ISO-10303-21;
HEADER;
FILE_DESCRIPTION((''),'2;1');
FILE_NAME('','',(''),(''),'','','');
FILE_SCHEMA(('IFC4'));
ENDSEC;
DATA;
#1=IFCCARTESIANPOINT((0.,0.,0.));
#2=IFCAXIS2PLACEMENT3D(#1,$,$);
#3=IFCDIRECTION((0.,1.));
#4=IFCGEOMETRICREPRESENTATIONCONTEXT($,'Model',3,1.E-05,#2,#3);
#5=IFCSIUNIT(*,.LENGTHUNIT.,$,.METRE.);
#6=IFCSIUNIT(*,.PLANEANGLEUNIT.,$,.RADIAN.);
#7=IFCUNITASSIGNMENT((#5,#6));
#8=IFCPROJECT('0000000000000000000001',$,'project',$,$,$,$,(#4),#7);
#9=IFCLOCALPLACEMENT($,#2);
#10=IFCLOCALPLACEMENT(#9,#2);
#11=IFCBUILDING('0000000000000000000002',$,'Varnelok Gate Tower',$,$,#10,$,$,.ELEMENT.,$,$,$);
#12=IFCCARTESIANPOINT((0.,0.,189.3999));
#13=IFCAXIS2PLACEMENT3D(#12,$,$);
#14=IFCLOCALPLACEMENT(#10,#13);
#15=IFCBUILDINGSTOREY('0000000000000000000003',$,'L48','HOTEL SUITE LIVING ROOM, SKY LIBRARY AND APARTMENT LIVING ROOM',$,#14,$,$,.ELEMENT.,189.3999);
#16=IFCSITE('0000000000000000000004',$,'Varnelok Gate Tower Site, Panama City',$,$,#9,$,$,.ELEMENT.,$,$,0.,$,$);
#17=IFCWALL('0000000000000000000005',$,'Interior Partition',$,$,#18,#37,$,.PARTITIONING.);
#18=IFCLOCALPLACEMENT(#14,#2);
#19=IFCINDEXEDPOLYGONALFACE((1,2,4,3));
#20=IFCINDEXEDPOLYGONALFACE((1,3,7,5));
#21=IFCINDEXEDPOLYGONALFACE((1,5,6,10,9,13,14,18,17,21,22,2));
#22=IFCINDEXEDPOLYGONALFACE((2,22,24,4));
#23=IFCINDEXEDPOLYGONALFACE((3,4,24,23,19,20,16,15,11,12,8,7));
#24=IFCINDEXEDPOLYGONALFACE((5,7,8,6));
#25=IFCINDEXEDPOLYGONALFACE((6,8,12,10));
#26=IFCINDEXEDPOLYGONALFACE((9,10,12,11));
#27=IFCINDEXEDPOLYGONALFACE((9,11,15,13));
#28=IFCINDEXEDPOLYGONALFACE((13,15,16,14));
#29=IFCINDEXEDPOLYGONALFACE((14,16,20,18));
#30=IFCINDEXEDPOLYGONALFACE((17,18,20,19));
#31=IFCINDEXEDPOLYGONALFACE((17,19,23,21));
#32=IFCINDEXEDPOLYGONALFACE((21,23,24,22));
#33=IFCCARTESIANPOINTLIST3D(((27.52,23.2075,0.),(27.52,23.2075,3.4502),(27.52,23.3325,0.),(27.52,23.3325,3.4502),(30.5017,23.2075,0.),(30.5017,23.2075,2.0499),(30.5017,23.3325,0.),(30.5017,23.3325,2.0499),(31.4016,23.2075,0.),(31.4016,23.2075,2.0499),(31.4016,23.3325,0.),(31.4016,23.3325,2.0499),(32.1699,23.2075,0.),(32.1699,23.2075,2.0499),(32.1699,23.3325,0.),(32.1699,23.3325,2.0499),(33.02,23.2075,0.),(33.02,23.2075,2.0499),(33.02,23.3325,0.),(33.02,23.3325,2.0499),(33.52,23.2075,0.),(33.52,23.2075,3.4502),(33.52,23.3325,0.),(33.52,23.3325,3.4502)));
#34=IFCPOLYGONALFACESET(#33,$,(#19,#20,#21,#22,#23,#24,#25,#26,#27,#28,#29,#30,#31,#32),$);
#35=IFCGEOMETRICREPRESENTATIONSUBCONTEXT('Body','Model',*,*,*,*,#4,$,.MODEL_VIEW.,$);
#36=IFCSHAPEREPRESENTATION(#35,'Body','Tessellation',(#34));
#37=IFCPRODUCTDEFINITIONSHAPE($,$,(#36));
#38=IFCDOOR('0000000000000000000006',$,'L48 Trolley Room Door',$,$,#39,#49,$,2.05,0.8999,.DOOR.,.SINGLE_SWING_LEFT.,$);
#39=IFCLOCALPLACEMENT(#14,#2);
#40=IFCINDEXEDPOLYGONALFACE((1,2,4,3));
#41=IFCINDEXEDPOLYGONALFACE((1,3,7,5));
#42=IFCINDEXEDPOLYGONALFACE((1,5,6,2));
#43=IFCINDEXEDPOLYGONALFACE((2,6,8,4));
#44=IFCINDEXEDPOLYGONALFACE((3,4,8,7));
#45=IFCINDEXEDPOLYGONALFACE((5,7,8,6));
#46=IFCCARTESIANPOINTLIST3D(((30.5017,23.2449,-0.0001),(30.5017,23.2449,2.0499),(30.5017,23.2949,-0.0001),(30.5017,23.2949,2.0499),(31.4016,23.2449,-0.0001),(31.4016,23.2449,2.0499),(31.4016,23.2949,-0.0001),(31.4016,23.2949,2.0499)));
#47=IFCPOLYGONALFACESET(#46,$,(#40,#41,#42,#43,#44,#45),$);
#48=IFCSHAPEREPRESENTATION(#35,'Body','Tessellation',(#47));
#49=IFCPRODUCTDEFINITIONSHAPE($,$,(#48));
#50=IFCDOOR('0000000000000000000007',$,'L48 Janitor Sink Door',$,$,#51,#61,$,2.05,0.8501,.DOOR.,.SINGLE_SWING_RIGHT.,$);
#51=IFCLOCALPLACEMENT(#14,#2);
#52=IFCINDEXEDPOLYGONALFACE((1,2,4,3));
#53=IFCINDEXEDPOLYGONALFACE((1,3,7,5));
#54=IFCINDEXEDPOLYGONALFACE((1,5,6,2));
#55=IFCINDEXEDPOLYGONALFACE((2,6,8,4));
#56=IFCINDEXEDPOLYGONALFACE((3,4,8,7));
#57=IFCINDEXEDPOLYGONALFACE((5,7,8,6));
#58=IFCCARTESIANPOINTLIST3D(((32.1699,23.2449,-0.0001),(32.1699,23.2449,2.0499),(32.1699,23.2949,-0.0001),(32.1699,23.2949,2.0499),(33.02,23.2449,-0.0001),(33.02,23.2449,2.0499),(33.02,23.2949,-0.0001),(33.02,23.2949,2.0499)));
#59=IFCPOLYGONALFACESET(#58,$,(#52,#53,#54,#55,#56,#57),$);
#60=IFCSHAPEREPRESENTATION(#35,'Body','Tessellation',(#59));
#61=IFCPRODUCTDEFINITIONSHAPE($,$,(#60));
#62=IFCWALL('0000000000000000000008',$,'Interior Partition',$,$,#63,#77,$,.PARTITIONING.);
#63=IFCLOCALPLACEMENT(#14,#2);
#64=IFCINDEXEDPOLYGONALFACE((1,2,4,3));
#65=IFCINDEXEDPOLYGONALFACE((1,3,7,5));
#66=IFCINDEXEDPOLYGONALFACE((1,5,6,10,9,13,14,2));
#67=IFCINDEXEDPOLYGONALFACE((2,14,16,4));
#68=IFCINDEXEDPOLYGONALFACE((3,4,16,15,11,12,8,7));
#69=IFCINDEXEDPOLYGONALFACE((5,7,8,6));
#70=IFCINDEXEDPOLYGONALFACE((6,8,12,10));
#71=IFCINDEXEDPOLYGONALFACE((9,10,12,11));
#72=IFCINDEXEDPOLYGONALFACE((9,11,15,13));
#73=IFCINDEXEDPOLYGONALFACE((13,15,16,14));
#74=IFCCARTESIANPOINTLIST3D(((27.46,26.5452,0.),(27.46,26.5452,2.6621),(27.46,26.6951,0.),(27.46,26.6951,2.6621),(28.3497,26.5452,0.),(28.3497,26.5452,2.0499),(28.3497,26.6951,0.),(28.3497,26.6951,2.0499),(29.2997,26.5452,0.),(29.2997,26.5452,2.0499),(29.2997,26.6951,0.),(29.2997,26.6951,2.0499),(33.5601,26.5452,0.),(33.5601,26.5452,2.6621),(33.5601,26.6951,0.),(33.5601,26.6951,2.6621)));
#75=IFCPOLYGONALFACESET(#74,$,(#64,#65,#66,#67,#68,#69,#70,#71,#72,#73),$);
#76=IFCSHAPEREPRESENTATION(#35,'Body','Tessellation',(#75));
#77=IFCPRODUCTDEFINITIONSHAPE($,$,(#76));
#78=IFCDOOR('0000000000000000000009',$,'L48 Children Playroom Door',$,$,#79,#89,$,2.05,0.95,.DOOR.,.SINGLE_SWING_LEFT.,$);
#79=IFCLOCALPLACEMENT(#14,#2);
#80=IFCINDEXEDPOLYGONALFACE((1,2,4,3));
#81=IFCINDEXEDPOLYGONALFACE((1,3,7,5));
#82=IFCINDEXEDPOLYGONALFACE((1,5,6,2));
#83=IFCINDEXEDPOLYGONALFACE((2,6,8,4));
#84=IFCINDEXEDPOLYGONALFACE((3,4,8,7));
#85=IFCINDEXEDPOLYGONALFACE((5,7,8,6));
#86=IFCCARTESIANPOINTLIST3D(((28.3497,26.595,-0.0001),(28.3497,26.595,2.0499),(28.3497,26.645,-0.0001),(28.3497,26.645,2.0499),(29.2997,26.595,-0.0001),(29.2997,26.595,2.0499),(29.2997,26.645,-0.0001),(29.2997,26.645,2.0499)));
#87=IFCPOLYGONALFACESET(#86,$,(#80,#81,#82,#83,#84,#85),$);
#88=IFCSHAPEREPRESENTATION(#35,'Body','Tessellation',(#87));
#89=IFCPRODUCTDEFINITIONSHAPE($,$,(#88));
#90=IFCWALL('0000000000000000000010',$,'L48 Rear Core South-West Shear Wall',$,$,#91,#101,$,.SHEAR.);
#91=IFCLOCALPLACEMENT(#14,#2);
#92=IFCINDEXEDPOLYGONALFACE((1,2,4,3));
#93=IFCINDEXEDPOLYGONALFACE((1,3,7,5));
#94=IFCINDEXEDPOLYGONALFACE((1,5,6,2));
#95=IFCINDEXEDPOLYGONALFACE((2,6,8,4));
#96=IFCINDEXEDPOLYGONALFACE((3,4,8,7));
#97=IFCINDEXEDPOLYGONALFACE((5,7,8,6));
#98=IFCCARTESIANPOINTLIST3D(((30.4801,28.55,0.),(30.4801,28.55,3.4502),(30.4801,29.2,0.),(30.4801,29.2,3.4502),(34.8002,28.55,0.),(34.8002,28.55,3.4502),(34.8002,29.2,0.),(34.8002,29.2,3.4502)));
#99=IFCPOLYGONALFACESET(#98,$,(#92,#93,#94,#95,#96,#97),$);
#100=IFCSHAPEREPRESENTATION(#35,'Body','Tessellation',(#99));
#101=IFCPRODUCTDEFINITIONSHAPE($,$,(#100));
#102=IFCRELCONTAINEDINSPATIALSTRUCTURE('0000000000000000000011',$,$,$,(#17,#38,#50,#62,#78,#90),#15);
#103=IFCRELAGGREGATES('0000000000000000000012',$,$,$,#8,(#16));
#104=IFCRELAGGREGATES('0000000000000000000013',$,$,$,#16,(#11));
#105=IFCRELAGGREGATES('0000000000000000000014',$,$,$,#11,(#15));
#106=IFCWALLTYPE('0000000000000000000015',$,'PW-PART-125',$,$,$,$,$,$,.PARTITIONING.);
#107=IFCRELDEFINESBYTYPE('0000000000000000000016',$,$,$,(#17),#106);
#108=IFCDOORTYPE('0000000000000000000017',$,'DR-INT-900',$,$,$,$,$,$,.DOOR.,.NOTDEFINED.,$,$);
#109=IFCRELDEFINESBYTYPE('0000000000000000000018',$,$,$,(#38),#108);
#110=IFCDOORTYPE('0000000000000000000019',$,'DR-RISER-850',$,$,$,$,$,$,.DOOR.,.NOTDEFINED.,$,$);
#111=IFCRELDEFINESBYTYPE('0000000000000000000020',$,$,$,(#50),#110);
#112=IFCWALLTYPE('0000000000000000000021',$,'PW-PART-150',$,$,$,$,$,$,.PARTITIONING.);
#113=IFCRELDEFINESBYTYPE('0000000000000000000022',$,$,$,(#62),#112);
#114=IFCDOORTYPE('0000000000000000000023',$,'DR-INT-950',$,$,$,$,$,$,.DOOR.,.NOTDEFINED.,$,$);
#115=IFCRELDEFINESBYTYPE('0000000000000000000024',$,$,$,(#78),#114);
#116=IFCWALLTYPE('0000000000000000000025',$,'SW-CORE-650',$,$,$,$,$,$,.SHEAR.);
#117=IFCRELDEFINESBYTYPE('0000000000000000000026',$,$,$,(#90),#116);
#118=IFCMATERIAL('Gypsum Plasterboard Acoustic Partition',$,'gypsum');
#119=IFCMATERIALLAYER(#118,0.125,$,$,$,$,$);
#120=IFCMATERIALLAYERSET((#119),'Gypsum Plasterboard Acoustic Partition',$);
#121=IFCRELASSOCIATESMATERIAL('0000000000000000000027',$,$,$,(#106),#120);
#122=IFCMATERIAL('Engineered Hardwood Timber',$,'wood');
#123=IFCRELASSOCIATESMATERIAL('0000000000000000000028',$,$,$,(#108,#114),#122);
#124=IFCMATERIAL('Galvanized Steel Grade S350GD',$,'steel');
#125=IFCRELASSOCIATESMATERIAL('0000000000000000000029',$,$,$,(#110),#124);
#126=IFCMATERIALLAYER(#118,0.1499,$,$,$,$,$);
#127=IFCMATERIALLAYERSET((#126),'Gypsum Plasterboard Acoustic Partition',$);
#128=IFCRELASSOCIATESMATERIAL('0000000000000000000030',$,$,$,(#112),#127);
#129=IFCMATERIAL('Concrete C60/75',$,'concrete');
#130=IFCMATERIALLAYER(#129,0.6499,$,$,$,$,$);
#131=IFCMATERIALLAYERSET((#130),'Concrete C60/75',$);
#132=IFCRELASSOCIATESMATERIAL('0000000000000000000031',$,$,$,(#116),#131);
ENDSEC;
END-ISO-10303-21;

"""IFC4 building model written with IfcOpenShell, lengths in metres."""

from ifc_helpers import new_model, si_unit, direction, frame, frame_2d, origin, place, context, subcontext, project, spatial, rectangle, extrude, material, layer, layer_set, type_object, element, fill, save


model = new_model("IFC4")

# Units and contexts
model_context = context("Model", 3, precision=1e-05, world=origin(), true_north=direction((0.0, 1.0)))
body_context = subcontext(model_context, "Body", "Model", "MODEL_VIEW")
ifc_project = project(units=[si_unit("LENGTHUNIT", "METRE"), si_unit("PLANEANGLEUNIT", "RADIAN")], contexts=[model_context])

# Site, building, storey
site_placement = place(None, origin())
site = spatial("IfcSite", under=ifc_project, at=site_placement, Name="Varnelok Gate Tower Site, Panama City", CompositionType="ELEMENT", RefElevation=0.0)
building_placement = place(site_placement, origin())
building = spatial("IfcBuilding", under=site, at=building_placement, Name="Varnelok Gate Tower", CompositionType="ELEMENT")
storey_placement = place(building_placement, frame((0.0, 0.0, 189.3999)))
storey = spatial("IfcBuildingStorey", under=building, at=storey_placement, Name="L48", Description="HOTEL SUITE LIVING ROOM, SKY LIBRARY AND APARTMENT LIVING ROOM", CompositionType="ELEMENT", Elevation=189.3999)

# Shared definitions
ifc_material_1 = material(Name="Concrete C60/75", Category="concrete")

# Wall, openings, doors
ifc_material_2 = material(Name="Gypsum Plasterboard Acoustic Partition", Category="gypsum")
ifc_layer_1 = layer(ifc_material_2, 0.125)
ifc_layer_set_1 = layer_set([ifc_layer_1], Name="Gypsum Plasterboard Acoustic Partition")
wall_type_1 = type_object("IfcWallType", Name="PW-PART-125", PredefinedType="PARTITIONING", material=ifc_layer_set_1)
wall_1_placement = place(storey_placement, frame((27.52, 23.27, 0.0), z_axis=(0.0, 0.0, 1.0), x_axis=(1.0, 0.0, 0.0)))
wall_1 = element("IfcWall", 1, at=wall_1_placement, inside=storey, type_object=wall_type_1, Name="Interior Partition", PredefinedType="PARTITIONING", context=body_context, shape_type="SweptSolid", body=[
    extrude(rectangle(XDim=6.0, YDim=0.125, at=frame_2d((3.0, 0.0))), origin(), (0.0, 0.0, 1.0), 3.4502),
])
opening_1_placement = place(wall_1_placement, frame((2.9817, 0.0, 0.0)))
opening_1 = element("IfcOpeningElement", 2, at=opening_1_placement, cuts=wall_1, PredefinedType="OPENING", context=body_context, shape_type="SweptSolid", body=[
    extrude(rectangle(XDim=0.8999, YDim=2.05, at=frame_2d((0.45, 1.0249))), frame((0.0, 0.0725, 0.0), z_axis=(0.0, -1.0, 0.0), x_axis=(1.0, 0.0, 0.0)), (0.0, 0.0, 1.0), 0.145),
])
opening_2_placement = place(wall_1_placement, frame((4.6499, 0.0, 0.0)))
opening_2 = element("IfcOpeningElement", 3, at=opening_2_placement, cuts=wall_1, PredefinedType="OPENING", context=body_context, shape_type="SweptSolid", body=[
    extrude(rectangle(XDim=0.8501, YDim=2.05, at=frame_2d((0.425, 1.0249))), frame((0.0, 0.0725, 0.0), z_axis=(0.0, -1.0, 0.0), x_axis=(1.0, 0.0, 0.0)), (0.0, 0.0, 1.0), 0.145),
])
ifc_material_3 = material(Name="Engineered Hardwood Timber", Category="wood")
door_type_1 = type_object("IfcDoorType", Name="DR-INT-900", OperationType="NOTDEFINED", PredefinedType="DOOR", material=ifc_material_3)
door_1_placement = place(opening_1_placement, origin())
door_1 = element("IfcDoor", 4, at=door_1_placement, inside=storey, type_object=door_type_1, Name="L48 Trolley Room Door", OperationType="SINGLE_SWING_LEFT", OverallHeight=2.05, OverallWidth=0.8999, PredefinedType="DOOR", context=body_context, shape_type="SweptSolid", body=[
    extrude(rectangle(XDim=0.8999, YDim=2.05, at=frame_2d((0.45, 1.0249))), frame((0.0, 0.0249, 0.0), z_axis=(0.0, -1.0, 0.0), x_axis=(1.0, 0.0, 0.0)), (0.0, 0.0, 1.0), 0.05),
])
fill(opening_1, door_1)
ifc_material_4 = material(Name="Galvanized Steel Grade S350GD", Category="steel")
door_type_2 = type_object("IfcDoorType", Name="DR-RISER-850", OperationType="NOTDEFINED", PredefinedType="DOOR", material=ifc_material_4)
door_2_placement = place(opening_2_placement, origin())
door_2 = element("IfcDoor", 5, at=door_2_placement, inside=storey, type_object=door_type_2, Name="L48 Janitor Sink Door", OperationType="SINGLE_SWING_RIGHT", OverallHeight=2.05, OverallWidth=0.8501, PredefinedType="DOOR", context=body_context, shape_type="SweptSolid", body=[
    extrude(rectangle(XDim=0.8501, YDim=2.05, at=frame_2d((0.425, 1.0249))), frame((0.0, 0.0249, 0.0), z_axis=(0.0, -1.0, 0.0), x_axis=(1.0, 0.0, 0.0)), (0.0, 0.0, 1.0), 0.05),
])
fill(opening_2, door_2)

# Wall, opening, door
ifc_layer_2 = layer(ifc_material_2, 0.1499)
ifc_layer_set_2 = layer_set([ifc_layer_2], Name="Gypsum Plasterboard Acoustic Partition")
wall_type_2 = type_object("IfcWallType", Name="PW-PART-150", PredefinedType="PARTITIONING", material=ifc_layer_set_2)
wall_2_placement = place(storey_placement, frame((27.46, 26.6201, 0.0), z_axis=(0.0, 0.0, 1.0), x_axis=(1.0, 0.0, 0.0)))
wall_2 = element("IfcWall", 6, at=wall_2_placement, inside=storey, type_object=wall_type_2, Name="Interior Partition", PredefinedType="PARTITIONING", context=body_context, shape_type="SweptSolid", body=[
    extrude(rectangle(XDim=6.1001, YDim=0.1499, at=frame_2d((3.05, 0.0))), origin(), (0.0, 0.0, 1.0), 2.6621),
])
opening_3_placement = place(wall_2_placement, frame((0.8896, 0.0, 0.0)))
opening_3 = element("IfcOpeningElement", 7, at=opening_3_placement, cuts=wall_2, PredefinedType="OPENING", context=body_context, shape_type="SweptSolid", body=[
    extrude(rectangle(XDim=0.95, YDim=2.05, at=frame_2d((0.4751, 1.0249))), frame((0.0, 0.085, 0.0), z_axis=(0.0, -1.0, 0.0), x_axis=(1.0, 0.0, 0.0)), (0.0, 0.0, 1.0), 0.1699),
])
door_type_3 = type_object("IfcDoorType", Name="DR-INT-950", OperationType="NOTDEFINED", PredefinedType="DOOR", material=ifc_material_3)
door_3_placement = place(opening_3_placement, origin())
door_3 = element("IfcDoor", 8, at=door_3_placement, inside=storey, type_object=door_type_3, Name="L48 Children Playroom Door", OperationType="SINGLE_SWING_LEFT", OverallHeight=2.05, OverallWidth=0.95, PredefinedType="DOOR", context=body_context, shape_type="SweptSolid", body=[
    extrude(rectangle(XDim=0.95, YDim=2.05, at=frame_2d((0.4751, 1.0249))), frame((0.0, 0.0249, 0.0), z_axis=(0.0, -1.0, 0.0), x_axis=(1.0, 0.0, 0.0)), (0.0, 0.0, 1.0), 0.05),
])
fill(opening_3, door_3)

# Wall
ifc_layer_3 = layer(ifc_material_1, 0.6499)
ifc_layer_set_3 = layer_set([ifc_layer_3], Name="Concrete C60/75")
wall_type_3 = type_object("IfcWallType", Name="SW-CORE-650", PredefinedType="SHEAR", material=ifc_layer_set_3)
wall_3_placement = place(storey_placement, frame((30.48, 28.875, 0.0), z_axis=(0.0, 0.0, 1.0), x_axis=(1.0, 0.0, 0.0)))
element("IfcWall", 9, at=wall_3_placement, inside=storey, type_object=wall_type_3, Name="L48 Rear Core South-West Shear Wall", PredefinedType="SHEAR", context=body_context, shape_type="SweptSolid", body=[
    extrude(rectangle(XDim=4.3201, YDim=0.6499, at=frame_2d((2.1602, 0.0))), origin(), (0.0, 0.0, 1.0), 3.4502),
])

save(model, "model.ifc")
